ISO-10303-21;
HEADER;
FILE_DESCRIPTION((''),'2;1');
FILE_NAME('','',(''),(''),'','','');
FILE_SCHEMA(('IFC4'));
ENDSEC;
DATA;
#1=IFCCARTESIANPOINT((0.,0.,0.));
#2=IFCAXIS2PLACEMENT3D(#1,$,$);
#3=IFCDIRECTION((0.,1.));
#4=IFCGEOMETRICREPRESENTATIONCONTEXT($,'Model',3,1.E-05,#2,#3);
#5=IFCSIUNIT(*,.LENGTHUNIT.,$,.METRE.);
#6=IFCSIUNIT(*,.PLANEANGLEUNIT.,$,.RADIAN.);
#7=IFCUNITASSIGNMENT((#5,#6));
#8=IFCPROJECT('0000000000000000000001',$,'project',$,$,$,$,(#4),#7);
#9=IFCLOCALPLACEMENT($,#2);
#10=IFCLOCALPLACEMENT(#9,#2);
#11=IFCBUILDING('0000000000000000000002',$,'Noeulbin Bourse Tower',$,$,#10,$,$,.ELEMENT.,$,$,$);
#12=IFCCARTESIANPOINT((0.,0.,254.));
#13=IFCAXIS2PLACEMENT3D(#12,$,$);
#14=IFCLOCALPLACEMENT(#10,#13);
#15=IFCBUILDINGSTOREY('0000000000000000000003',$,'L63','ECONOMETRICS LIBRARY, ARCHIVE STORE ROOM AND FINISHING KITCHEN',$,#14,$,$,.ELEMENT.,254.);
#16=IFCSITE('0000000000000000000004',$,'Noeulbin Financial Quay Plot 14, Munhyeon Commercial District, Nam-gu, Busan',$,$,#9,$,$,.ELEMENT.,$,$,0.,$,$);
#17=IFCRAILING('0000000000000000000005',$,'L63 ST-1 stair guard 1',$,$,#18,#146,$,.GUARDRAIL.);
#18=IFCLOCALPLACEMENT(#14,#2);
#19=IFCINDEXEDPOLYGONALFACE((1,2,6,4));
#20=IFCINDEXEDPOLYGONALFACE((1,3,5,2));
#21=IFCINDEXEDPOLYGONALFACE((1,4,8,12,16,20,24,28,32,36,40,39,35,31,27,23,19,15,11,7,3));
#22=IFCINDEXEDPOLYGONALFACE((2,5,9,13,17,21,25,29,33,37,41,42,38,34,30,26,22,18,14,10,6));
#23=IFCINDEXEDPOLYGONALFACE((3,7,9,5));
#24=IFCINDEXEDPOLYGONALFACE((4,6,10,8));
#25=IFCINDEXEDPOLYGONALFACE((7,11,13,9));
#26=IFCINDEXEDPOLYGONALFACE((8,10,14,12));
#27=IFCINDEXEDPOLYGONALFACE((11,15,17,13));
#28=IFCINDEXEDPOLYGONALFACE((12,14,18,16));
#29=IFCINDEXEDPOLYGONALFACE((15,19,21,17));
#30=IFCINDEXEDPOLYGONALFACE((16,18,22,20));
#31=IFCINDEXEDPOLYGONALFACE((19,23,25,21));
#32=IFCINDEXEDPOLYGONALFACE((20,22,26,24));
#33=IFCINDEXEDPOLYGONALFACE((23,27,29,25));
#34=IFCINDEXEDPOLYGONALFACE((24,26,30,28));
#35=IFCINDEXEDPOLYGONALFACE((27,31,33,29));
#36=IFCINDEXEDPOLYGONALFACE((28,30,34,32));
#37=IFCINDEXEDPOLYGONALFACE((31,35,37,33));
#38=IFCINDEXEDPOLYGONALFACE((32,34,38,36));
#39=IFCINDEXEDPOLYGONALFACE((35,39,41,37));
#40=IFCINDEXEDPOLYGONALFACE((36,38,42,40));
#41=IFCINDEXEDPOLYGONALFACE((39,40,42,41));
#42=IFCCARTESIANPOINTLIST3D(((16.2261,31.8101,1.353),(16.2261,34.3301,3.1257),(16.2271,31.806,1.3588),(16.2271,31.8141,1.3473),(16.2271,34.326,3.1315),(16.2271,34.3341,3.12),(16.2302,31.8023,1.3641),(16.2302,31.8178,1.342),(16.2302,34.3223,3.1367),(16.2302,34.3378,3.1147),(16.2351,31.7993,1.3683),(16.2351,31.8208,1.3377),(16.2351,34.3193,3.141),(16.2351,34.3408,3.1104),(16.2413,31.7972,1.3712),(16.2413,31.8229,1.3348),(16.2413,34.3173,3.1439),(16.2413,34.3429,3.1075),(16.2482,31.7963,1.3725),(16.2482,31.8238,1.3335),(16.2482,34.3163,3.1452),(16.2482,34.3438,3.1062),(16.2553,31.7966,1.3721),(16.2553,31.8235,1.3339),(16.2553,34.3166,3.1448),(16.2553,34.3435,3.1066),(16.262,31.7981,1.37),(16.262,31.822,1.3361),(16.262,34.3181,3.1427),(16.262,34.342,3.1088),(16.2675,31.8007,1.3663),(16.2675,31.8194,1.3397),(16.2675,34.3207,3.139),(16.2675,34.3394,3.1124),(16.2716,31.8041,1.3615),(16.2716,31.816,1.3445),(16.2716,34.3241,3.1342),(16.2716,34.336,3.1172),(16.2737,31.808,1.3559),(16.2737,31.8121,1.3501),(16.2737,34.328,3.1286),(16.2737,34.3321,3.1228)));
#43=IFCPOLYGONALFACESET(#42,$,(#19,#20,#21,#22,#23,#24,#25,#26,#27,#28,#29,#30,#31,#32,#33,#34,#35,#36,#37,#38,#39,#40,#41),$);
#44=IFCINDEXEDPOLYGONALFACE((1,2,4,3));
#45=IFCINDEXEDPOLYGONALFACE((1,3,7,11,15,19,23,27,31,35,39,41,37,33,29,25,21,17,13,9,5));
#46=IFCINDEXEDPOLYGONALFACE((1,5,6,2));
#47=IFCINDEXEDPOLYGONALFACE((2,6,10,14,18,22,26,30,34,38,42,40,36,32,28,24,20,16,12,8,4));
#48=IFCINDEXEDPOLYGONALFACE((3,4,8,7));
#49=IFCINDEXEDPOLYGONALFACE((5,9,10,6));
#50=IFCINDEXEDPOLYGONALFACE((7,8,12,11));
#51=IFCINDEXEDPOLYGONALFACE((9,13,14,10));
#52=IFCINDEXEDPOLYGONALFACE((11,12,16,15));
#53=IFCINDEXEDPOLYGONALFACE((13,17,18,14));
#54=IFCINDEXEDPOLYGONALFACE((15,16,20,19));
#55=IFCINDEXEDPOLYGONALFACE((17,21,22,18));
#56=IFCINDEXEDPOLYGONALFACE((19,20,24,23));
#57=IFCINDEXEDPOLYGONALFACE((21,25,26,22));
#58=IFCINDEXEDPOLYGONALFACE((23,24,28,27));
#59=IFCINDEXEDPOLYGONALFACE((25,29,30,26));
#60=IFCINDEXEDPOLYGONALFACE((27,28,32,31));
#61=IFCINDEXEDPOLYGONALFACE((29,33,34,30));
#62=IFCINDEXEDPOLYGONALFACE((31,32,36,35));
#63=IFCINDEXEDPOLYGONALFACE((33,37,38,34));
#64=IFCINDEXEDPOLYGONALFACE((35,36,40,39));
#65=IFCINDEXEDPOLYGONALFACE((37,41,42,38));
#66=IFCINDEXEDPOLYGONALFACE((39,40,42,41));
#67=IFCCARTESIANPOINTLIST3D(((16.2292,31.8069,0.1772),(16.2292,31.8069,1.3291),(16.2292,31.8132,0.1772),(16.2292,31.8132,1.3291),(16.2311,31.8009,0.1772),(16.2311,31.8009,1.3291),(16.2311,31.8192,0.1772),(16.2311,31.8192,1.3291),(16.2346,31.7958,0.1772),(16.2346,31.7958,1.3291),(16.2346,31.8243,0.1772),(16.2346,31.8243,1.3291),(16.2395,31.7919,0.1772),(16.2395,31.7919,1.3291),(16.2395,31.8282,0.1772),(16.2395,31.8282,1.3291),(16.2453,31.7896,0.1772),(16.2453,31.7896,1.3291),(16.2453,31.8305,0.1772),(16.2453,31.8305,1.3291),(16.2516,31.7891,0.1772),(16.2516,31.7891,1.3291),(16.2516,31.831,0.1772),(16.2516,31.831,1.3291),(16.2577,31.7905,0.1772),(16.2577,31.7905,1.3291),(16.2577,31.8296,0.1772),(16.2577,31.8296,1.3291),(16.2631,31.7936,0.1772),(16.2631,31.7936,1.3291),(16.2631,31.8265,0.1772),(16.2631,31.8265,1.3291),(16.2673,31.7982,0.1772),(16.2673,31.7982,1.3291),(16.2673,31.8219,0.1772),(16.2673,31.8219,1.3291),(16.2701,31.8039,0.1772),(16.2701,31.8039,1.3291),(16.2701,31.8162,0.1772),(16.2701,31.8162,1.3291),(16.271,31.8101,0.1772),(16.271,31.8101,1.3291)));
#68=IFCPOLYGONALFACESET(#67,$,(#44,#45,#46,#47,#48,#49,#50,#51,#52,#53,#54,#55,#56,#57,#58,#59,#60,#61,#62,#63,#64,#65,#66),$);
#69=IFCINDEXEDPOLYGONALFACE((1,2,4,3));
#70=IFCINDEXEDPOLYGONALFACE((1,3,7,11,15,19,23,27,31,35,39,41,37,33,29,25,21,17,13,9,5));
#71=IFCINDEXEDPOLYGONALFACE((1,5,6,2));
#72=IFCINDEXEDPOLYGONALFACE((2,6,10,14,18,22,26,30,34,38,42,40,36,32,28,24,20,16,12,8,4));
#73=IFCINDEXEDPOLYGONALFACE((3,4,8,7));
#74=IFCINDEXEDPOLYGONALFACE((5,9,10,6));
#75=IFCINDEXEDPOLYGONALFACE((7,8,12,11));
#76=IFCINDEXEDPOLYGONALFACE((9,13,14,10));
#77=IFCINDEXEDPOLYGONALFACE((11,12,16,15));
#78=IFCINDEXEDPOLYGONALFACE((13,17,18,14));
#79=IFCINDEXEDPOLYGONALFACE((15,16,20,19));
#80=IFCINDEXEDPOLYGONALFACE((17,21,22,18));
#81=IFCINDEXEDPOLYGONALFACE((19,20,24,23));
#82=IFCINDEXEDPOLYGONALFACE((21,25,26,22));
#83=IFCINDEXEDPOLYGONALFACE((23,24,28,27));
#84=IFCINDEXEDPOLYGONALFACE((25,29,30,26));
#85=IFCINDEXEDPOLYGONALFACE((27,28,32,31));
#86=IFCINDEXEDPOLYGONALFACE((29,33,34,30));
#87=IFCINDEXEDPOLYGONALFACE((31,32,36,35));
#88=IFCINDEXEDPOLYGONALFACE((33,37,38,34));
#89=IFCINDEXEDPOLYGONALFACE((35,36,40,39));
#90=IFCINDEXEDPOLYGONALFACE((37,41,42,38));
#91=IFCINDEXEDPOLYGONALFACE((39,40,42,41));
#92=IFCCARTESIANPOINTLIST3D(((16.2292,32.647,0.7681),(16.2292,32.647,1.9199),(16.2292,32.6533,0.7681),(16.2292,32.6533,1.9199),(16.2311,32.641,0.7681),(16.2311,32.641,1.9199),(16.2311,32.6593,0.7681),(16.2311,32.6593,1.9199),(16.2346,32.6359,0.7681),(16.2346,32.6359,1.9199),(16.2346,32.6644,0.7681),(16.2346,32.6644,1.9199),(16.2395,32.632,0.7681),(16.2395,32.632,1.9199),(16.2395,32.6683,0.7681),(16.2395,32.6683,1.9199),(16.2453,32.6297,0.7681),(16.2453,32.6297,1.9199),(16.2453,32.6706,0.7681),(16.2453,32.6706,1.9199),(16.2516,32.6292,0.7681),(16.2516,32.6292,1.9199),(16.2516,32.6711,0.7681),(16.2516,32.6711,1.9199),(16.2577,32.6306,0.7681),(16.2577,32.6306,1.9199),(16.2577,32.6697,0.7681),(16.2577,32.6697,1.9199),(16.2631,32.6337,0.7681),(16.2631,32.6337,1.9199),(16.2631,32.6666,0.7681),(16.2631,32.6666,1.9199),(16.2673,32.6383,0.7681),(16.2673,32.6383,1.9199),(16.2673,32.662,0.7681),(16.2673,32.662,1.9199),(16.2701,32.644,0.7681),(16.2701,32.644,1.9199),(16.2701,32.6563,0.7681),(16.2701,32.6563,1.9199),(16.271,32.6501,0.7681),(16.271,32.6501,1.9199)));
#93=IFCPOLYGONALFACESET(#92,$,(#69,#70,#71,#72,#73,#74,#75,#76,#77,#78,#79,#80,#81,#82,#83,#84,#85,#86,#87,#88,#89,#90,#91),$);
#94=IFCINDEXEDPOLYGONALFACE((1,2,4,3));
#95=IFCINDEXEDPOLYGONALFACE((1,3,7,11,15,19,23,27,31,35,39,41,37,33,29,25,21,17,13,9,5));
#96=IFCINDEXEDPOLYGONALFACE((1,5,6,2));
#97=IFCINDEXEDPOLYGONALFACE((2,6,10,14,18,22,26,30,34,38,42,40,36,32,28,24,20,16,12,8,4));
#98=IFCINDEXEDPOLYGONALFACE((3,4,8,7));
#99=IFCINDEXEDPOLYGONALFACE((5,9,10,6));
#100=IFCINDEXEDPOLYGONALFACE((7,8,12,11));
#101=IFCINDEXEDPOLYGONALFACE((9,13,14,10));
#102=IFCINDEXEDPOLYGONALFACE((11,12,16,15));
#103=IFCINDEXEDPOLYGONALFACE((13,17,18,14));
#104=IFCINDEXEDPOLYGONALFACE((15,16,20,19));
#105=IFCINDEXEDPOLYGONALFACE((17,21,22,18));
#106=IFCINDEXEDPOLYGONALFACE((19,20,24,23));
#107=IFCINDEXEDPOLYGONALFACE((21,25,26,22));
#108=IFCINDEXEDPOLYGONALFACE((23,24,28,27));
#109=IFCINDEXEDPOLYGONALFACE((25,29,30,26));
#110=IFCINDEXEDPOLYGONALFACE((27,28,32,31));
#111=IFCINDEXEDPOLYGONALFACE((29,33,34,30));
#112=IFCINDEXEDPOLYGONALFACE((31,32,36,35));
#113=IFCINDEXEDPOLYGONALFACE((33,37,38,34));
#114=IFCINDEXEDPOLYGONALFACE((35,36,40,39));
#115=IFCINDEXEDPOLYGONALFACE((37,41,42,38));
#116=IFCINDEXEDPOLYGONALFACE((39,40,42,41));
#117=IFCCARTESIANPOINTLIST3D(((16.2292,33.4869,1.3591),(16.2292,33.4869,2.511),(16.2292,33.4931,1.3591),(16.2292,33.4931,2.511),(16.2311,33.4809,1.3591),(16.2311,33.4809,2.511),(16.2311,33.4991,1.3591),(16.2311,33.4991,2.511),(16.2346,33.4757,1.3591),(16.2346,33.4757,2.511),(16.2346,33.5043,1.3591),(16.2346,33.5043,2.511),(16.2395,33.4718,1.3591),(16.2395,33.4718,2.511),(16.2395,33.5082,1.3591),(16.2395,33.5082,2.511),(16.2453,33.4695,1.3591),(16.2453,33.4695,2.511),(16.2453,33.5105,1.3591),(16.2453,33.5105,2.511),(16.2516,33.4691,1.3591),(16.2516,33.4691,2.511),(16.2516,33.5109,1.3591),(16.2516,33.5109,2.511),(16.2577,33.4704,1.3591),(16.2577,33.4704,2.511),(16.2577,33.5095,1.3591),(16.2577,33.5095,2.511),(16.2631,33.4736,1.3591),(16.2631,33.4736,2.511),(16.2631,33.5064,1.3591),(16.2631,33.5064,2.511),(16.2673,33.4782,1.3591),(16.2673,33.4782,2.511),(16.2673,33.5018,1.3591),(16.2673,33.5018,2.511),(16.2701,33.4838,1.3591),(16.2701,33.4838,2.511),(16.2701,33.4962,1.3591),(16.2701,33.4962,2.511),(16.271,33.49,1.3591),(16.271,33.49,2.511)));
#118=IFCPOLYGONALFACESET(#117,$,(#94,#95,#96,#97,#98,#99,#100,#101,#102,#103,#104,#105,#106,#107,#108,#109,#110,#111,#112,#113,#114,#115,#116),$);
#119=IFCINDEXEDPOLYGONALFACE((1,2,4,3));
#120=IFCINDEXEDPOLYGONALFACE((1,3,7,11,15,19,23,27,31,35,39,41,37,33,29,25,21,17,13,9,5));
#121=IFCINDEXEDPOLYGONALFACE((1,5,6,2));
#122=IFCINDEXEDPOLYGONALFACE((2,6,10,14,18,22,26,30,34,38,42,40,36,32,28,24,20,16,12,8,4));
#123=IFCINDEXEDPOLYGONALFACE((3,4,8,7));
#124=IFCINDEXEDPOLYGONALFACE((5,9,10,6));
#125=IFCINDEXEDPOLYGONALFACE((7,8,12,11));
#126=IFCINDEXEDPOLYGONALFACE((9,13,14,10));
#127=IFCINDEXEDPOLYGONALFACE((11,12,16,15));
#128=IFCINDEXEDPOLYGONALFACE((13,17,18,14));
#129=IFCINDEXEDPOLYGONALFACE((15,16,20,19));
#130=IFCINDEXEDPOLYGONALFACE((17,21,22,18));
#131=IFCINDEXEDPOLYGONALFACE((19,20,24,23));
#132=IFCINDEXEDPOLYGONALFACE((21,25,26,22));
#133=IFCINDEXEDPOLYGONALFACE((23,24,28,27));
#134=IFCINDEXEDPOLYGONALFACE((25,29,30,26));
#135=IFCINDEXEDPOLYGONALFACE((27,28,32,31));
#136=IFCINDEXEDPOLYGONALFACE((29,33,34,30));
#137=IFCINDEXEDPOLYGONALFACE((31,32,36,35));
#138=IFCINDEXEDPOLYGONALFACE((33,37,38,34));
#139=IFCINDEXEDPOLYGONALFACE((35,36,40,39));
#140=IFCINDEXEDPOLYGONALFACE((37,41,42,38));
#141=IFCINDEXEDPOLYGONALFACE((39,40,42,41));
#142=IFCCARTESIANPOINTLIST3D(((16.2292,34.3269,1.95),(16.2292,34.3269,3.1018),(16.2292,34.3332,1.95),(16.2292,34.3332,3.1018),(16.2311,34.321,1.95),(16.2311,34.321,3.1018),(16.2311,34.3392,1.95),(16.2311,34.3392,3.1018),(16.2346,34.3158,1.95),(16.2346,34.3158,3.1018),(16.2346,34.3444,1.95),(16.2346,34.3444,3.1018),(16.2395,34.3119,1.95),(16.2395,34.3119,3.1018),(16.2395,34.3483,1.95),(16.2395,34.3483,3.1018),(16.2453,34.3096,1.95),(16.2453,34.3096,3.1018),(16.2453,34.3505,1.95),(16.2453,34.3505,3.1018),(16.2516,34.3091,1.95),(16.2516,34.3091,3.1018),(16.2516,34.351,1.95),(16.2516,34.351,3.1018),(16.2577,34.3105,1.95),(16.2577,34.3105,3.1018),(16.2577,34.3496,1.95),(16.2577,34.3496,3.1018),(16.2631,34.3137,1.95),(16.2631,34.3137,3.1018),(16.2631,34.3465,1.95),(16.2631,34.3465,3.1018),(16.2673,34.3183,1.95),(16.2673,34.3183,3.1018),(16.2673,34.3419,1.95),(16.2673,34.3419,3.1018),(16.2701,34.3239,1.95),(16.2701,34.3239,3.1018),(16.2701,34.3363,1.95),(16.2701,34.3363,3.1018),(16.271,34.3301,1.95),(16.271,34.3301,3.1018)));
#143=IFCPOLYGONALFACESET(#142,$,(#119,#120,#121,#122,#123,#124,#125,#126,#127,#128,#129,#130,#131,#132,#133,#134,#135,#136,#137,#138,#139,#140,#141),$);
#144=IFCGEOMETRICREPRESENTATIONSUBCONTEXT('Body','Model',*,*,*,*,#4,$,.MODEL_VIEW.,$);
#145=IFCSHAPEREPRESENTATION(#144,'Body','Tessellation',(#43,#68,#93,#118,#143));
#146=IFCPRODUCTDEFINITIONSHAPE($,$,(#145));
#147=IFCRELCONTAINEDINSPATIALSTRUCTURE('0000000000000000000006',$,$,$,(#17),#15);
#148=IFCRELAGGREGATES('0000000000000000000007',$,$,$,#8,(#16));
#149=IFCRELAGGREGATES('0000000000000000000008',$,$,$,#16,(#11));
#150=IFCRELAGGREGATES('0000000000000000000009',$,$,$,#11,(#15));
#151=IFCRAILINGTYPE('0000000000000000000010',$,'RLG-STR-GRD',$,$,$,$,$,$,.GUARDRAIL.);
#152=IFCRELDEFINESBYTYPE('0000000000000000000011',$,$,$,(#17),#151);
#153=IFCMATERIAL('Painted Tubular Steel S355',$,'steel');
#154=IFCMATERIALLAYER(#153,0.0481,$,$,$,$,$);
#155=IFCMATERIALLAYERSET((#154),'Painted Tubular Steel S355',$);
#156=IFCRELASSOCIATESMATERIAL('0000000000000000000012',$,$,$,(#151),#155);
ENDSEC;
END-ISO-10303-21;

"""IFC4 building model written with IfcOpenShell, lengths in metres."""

from ifc_helpers import new_model, si_unit, direction, frame, origin, origin_2d, place, context, subcontext, project, spatial, circle, extrude, material, layer, layer_set, type_object, element, save


model = new_model("IFC4")

# Units and contexts
model_context = context("Model", 3, precision=1e-05, world=origin(), true_north=direction((0.0, 1.0)))
body_context = subcontext(model_context, "Body", "Model", "MODEL_VIEW")
ifc_project = project(units=[si_unit("LENGTHUNIT", "METRE"), si_unit("PLANEANGLEUNIT", "RADIAN")], contexts=[model_context])

# Site, building, storey
site_placement = place(None, origin())
site = spatial("IfcSite", under=ifc_project, at=site_placement, Name="Noeulbin Financial Quay Plot 14, Munhyeon Commercial District, Nam-gu, Busan", CompositionType="ELEMENT", RefElevation=0.0)
building_placement = place(site_placement, origin())
building = spatial("IfcBuilding", under=site, at=building_placement, Name="Noeulbin Bourse Tower", CompositionType="ELEMENT")
storey_placement = place(building_placement, frame((0.0, 0.0, 254.0)))
storey = spatial("IfcBuildingStorey", under=building, at=storey_placement, Name="L63", Description="ECONOMETRICS LIBRARY, ARCHIVE STORE ROOM AND FINISHING KITCHEN", CompositionType="ELEMENT", Elevation=254.0)

# Railing
ifc_material_1 = material(Name="Painted Tubular Steel S355", Category="steel")
ifc_layer_1 = layer(ifc_material_1, 0.0481)
ifc_layer_set_1 = layer_set([ifc_layer_1], Name="Painted Tubular Steel S355")
railing_type_1 = type_object("IfcRailingType", Name="RLG-STR-GRD", PredefinedType="GUARDRAIL", material=ifc_layer_set_1)
railing_1_placement = place(storey_placement, frame((16.25, 31.8101, 0.1772)))
element("IfcRailing", 1, at=railing_1_placement, inside=storey, type_object=railing_type_1, Name="L63 ST-1 stair guard 1", PredefinedType="GUARDRAIL", context=body_context, shape_type="SweptSolid", body=[
    extrude(circle(Radius=0.0239, at=origin_2d()), frame((0.0, 0.0, 1.1758), z_axis=(0.0, 0.817904, 0.575354), x_axis=(-1.0, 0.0, 0.0)), (0.0, 0.0, 1.0), 3.0811),
    extrude(circle(Radius=0.021, at=origin_2d()), origin(), (0.0, 0.0, 1.0), 1.1519),
    extrude(circle(Radius=0.021, at=origin_2d()), frame((0.0, 0.8401, 0.5908)), (0.0, 0.0, 1.0), 1.1519),
    extrude(circle(Radius=0.021, at=origin_2d()), frame((0.0, 1.6799, 1.1819)), (0.0, 0.0, 1.0), 1.1519),
    extrude(circle(Radius=0.021, at=origin_2d()), frame((0.0, 2.52, 1.7727)), (0.0, 0.0, 1.0), 1.1519),
])

save(model, "model.ifc")
